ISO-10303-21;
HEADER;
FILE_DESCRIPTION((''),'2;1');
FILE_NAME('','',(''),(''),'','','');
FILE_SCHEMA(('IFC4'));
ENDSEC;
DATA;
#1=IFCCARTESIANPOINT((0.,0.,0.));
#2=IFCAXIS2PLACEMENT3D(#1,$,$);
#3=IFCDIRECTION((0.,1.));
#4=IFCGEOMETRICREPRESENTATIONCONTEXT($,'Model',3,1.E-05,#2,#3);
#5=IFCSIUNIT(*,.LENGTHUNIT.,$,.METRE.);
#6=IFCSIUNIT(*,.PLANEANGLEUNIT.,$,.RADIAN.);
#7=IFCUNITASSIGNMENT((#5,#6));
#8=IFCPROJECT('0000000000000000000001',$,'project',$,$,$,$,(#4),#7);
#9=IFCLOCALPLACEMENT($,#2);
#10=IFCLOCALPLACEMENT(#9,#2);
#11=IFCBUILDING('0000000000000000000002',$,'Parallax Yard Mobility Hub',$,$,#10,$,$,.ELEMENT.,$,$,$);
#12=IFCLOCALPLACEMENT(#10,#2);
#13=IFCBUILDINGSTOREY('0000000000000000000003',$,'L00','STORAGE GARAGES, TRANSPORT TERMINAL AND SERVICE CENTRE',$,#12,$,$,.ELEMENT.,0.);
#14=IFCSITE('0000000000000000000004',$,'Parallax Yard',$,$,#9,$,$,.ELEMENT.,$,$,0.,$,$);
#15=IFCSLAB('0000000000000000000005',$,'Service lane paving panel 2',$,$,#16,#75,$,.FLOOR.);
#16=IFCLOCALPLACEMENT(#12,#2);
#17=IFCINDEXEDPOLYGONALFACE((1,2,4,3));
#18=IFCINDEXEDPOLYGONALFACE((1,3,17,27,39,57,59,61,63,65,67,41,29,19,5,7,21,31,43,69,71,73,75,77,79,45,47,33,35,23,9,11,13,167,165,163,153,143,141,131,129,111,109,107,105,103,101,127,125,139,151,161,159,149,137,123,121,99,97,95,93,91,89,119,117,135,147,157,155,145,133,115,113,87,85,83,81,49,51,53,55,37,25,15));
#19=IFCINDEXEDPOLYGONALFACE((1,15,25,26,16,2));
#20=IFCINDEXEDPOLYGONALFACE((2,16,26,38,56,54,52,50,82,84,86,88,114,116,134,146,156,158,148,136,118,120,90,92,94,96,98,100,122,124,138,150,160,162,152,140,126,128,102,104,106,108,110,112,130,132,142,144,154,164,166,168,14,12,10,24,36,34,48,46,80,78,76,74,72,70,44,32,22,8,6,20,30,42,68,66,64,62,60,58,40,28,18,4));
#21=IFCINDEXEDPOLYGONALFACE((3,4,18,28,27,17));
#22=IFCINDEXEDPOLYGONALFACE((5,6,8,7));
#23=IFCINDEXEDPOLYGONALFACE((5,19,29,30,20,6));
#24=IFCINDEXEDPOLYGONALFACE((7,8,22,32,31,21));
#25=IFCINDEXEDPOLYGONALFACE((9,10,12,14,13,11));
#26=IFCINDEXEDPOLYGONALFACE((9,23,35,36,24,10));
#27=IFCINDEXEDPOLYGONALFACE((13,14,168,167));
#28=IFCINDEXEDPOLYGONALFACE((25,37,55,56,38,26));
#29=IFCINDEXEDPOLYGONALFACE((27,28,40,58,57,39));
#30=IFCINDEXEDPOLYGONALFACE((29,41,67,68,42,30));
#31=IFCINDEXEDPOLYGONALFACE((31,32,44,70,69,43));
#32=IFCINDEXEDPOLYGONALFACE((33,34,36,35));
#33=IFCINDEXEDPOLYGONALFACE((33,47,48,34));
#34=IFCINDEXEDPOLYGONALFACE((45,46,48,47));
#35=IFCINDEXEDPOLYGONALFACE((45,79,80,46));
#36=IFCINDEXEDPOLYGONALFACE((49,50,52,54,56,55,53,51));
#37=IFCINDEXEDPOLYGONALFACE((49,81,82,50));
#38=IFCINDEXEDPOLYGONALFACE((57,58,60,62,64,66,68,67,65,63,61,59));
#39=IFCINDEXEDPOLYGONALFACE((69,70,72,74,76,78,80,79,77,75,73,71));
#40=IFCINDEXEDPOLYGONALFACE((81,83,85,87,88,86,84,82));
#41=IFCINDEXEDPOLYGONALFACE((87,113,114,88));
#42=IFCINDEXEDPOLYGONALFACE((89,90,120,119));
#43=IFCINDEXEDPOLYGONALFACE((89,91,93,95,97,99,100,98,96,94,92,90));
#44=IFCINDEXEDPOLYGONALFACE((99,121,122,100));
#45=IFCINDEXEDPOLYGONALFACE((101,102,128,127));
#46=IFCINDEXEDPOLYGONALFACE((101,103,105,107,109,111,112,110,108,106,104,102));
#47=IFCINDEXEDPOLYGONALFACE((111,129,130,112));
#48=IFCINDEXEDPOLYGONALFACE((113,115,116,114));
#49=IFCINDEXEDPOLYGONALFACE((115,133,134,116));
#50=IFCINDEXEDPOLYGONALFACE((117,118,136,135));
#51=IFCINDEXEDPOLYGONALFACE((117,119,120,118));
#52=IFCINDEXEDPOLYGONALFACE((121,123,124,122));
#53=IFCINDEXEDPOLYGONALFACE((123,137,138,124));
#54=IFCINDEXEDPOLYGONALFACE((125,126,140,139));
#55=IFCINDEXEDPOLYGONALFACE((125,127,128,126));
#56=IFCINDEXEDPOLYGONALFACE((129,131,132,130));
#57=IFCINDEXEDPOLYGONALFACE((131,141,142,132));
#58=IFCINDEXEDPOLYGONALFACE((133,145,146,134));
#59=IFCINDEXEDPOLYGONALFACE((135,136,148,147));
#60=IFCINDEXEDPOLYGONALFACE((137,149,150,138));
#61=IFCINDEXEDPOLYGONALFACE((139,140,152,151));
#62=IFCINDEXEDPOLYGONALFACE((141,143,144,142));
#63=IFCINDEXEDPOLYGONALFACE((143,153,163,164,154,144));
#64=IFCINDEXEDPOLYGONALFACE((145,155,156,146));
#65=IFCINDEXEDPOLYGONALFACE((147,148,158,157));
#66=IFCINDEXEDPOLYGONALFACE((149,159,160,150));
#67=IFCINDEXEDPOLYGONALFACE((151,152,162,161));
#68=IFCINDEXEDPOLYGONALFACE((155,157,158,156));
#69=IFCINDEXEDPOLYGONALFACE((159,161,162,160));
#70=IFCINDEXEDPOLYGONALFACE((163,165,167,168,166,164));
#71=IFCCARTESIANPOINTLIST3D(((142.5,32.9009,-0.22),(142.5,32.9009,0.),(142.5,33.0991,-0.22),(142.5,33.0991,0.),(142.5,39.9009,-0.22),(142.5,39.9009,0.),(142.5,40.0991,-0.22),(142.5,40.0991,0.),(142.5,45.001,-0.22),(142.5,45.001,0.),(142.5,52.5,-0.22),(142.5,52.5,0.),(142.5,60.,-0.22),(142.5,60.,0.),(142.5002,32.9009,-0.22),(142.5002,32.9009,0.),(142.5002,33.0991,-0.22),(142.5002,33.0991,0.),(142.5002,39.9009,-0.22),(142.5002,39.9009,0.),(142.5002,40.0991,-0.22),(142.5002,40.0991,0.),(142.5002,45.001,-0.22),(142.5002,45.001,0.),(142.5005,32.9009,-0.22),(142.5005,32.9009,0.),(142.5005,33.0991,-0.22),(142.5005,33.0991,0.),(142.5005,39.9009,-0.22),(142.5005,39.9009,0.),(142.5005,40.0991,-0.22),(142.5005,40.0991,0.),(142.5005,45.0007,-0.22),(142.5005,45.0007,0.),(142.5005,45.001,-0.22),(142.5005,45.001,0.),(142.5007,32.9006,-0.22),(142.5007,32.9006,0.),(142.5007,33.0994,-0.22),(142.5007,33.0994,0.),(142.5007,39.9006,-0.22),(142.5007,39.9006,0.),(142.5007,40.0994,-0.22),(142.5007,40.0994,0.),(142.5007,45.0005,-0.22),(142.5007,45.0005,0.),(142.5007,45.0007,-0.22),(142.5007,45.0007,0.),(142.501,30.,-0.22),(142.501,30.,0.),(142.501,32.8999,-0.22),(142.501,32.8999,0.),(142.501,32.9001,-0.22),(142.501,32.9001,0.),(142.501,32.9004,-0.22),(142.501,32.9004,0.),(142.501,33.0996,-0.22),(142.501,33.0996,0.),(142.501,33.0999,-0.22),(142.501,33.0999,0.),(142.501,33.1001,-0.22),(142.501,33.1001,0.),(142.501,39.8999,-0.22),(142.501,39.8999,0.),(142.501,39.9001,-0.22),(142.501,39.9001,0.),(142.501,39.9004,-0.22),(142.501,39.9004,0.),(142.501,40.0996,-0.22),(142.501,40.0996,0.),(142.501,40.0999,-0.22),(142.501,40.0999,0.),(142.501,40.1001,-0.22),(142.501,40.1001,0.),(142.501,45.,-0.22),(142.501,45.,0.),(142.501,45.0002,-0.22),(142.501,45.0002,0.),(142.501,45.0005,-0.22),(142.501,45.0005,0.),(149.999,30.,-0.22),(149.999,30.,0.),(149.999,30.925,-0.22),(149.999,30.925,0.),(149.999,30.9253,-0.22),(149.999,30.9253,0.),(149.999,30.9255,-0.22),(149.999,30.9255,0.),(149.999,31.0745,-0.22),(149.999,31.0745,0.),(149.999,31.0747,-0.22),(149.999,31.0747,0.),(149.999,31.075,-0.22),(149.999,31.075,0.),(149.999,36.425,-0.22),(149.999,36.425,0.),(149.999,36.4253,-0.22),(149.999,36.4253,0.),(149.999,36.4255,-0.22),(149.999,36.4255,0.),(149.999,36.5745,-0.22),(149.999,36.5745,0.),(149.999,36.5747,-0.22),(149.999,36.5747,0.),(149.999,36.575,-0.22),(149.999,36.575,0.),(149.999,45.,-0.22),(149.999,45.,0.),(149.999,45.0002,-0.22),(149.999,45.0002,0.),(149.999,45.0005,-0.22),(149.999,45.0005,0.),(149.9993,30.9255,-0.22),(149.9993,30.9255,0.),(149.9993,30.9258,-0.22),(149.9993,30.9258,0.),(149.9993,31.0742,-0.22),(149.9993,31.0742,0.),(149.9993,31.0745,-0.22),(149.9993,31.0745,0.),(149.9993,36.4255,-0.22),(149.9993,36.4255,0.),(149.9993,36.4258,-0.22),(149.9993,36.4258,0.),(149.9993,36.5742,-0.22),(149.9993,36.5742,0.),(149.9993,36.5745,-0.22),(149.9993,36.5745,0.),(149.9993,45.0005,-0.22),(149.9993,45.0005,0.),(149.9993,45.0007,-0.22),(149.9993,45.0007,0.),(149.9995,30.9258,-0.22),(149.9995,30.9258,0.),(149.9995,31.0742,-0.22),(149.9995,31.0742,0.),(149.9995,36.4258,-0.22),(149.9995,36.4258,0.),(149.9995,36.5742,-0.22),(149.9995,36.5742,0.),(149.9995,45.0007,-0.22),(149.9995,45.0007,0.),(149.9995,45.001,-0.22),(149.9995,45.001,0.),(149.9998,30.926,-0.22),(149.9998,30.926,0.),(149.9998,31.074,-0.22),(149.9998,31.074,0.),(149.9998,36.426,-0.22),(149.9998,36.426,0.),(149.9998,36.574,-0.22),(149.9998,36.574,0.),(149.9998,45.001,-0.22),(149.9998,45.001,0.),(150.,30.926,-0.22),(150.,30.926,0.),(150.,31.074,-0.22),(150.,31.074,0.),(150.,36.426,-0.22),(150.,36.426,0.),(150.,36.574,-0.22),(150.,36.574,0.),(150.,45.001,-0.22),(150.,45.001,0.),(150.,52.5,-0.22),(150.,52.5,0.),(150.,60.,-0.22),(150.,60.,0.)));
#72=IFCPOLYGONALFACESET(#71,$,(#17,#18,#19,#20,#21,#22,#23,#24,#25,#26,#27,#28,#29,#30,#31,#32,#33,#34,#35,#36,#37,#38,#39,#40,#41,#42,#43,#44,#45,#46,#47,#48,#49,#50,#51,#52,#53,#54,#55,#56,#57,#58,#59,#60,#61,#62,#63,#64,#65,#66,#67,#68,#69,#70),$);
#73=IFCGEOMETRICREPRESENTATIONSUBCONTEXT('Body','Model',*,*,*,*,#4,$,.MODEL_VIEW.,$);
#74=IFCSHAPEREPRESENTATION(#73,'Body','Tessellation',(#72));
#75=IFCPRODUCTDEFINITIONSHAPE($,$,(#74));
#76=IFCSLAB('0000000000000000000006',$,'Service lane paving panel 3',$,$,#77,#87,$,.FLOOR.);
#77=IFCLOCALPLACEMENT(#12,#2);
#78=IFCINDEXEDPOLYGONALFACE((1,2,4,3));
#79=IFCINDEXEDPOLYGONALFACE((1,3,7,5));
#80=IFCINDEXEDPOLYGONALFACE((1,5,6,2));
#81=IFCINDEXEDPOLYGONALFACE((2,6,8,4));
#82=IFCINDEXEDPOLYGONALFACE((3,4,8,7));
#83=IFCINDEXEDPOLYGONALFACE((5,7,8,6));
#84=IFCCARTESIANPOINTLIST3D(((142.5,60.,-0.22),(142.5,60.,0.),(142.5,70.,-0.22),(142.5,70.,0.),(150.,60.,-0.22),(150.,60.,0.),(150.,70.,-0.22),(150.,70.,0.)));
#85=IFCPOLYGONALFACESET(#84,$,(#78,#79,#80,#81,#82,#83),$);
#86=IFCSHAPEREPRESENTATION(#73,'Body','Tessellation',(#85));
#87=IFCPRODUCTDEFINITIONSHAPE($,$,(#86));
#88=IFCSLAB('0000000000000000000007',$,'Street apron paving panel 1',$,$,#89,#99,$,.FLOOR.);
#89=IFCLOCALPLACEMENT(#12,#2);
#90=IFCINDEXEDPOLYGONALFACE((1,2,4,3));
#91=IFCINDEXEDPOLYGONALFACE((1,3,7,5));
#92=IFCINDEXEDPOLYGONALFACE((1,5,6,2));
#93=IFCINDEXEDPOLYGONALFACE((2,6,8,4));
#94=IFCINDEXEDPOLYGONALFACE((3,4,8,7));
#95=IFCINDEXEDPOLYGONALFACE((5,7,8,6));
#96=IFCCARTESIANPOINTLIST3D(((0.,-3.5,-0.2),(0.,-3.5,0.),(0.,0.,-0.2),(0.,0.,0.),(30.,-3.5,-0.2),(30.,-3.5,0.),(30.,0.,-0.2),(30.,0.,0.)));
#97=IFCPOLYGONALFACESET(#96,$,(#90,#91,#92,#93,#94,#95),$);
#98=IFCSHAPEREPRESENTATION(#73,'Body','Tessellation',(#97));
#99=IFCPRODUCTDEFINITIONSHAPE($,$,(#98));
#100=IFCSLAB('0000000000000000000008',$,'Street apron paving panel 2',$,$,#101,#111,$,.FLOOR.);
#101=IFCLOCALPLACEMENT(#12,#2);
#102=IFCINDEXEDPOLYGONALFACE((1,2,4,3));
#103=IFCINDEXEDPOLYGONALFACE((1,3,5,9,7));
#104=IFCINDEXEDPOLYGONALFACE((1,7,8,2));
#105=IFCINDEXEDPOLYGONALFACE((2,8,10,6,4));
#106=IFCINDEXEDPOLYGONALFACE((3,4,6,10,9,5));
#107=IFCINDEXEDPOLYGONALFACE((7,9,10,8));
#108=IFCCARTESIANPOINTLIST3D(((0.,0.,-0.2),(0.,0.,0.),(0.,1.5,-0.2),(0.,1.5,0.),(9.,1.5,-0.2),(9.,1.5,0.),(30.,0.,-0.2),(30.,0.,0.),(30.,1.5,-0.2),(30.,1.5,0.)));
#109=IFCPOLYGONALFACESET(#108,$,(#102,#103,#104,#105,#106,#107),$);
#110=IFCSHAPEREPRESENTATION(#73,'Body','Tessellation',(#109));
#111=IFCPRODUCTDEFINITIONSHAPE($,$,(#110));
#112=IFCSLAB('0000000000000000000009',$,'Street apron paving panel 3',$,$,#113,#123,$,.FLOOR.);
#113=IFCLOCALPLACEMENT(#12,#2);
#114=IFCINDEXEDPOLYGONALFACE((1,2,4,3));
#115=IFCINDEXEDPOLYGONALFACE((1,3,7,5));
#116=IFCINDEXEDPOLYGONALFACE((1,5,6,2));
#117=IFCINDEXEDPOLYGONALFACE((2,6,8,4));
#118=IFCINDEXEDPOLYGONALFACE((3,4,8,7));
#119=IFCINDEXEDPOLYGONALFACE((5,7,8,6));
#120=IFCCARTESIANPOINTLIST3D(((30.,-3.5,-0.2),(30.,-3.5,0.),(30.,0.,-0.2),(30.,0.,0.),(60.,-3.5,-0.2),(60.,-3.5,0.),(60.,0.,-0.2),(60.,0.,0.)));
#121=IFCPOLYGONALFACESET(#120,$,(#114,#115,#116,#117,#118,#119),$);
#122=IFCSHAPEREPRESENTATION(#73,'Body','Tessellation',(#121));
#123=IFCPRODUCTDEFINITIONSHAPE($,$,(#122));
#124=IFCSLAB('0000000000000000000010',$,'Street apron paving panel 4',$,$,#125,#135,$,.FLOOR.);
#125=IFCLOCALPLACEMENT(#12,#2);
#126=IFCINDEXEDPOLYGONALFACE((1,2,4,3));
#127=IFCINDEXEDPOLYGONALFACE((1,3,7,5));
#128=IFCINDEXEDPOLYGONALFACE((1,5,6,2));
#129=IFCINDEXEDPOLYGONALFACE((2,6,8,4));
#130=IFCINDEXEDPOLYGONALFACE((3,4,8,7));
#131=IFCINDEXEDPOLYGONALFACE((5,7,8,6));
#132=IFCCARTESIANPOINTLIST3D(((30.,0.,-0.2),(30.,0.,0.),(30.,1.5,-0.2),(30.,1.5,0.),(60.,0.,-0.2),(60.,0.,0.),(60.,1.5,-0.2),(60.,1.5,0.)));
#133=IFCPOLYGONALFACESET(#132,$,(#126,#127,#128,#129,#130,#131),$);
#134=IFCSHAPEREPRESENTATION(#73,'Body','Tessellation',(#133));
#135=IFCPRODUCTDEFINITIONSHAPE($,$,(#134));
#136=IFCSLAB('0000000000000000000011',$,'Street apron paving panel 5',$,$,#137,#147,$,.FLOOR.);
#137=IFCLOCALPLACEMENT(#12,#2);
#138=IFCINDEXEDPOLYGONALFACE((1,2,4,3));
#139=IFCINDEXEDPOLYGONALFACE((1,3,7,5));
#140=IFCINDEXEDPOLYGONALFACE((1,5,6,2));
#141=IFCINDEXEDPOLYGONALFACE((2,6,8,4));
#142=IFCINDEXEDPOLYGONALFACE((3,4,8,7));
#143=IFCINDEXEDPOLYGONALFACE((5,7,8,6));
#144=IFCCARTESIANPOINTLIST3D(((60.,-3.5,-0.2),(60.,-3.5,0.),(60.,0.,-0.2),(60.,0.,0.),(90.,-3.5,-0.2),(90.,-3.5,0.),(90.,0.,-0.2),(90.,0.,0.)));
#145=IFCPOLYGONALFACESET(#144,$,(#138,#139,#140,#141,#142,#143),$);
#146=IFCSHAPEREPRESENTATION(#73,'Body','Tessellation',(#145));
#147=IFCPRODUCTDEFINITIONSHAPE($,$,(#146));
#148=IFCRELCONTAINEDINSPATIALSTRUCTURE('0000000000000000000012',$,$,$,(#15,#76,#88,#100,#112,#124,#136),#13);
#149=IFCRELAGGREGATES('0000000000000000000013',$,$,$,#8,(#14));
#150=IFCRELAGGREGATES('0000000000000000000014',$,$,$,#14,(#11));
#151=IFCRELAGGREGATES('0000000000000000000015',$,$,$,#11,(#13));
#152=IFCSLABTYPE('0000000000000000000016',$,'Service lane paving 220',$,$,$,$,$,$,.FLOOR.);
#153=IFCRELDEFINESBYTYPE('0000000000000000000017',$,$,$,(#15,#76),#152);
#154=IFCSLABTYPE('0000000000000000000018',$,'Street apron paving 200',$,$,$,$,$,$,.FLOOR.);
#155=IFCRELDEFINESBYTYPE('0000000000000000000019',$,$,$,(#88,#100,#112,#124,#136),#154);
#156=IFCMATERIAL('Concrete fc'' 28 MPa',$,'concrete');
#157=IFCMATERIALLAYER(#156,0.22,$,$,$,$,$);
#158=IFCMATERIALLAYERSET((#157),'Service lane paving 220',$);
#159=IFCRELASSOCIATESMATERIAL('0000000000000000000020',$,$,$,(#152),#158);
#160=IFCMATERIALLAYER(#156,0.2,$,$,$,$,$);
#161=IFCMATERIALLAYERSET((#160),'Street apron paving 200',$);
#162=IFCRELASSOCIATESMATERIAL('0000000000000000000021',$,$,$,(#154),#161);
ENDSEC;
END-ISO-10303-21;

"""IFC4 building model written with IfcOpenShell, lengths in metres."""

from ifc_helpers import new_model, si_unit, direction, frame, origin, place, context, subcontext, project, spatial, polyline, outline, extrude, material, layer, layer_set, type_object, element, save


model = new_model("IFC4")

# Units and contexts
model_context = context("Model", 3, precision=1e-05, world=origin(), true_north=direction((0.0, 1.0)))
body_context = subcontext(model_context, "Body", "Model", "MODEL_VIEW")
ifc_project = project(units=[si_unit("LENGTHUNIT", "METRE"), si_unit("PLANEANGLEUNIT", "RADIAN")], contexts=[model_context])

# Site, building, storey
site_placement = place(None, origin())
site = spatial("IfcSite", under=ifc_project, at=site_placement, Name="Parallax Yard", CompositionType="ELEMENT", RefElevation=0.0)
building_placement = place(site_placement, origin())
building = spatial("IfcBuilding", under=site, at=building_placement, Name="Parallax Yard Mobility Hub", CompositionType="ELEMENT")
storey_placement = place(building_placement, origin())
storey = spatial("IfcBuildingStorey", under=building, at=storey_placement, Name="L00", Description="STORAGE GARAGES, TRANSPORT TERMINAL AND SERVICE CENTRE", CompositionType="ELEMENT", Elevation=0.0)

# Slabs
ifc_material_1 = material(Name="Concrete fc' 28 MPa", Category="concrete")
ifc_layer_1 = layer(ifc_material_1, 0.22)
ifc_layer_set_1 = layer_set([ifc_layer_1], Name="Service lane paving 220")
slab_type_1 = type_object("IfcSlabType", Name="Service lane paving 220", PredefinedType="FLOOR", material=ifc_layer_set_1)
slab_1_placement = place(storey_placement, frame((0.0, 0.0, -0.22)))
element("IfcSlab", 1, at=slab_1_placement, inside=storey, type_object=slab_type_1, Name="Service lane paving panel 2", PredefinedType="FLOOR", context=body_context, shape_type="SweptSolid", body=[
    extrude(outline(polyline([(149.9998, 45.001), (149.9998, 45.001), (149.9995, 45.001), (149.9995, 45.001), (149.9995, 45.0007), (149.9995, 45.0007), (149.9993, 45.0007), (149.9993, 45.0005), (149.9993, 45.0005), (149.999, 45.0005), (149.999, 45.0005), (149.999, 45.0002), (149.999, 45.0002), (149.999, 45.0), (149.999, 45.0), (149.999, 36.575), (149.999, 36.575), (149.999, 36.5747), (149.999, 36.5747), (149.999, 36.5747), (149.999, 36.5745), (149.9993, 36.5745), (149.9993, 36.5745), (149.9993, 36.5742), (149.9995, 36.5742), (149.9995, 36.5742), (149.9995, 36.5742), (149.9995, 36.5742), (149.9998, 36.574), (149.9998, 36.574), (150.0, 36.574), (150.0, 36.574), (150.0, 36.426), (150.0, 36.426), (149.9998, 36.426), (149.9998, 36.426), (149.9995, 36.4258), (149.9995, 36.4258), (149.9995, 36.4258), (149.9995, 36.4258), (149.9993, 36.4258), (149.9993, 36.4255), (149.9993, 36.4255), (149.999, 36.4255), (149.999, 36.4253), (149.999, 36.4253), (149.999, 36.4253), (149.999, 36.425), (149.999, 36.425), (149.999, 31.075), (149.999, 31.075), (149.999, 31.0747), (149.999, 31.0747), (149.999, 31.0747), (149.999, 31.0745), (149.9993, 31.0745), (149.9993, 31.0745), (149.9993, 31.0742), (149.9995, 31.0742), (149.9995, 31.0742), (149.9995, 31.0742), (149.9995, 31.0742), (149.9998, 31.074), (149.9998, 31.074), (150.0, 31.074), (150.0, 31.074), (150.0, 30.926), (150.0, 30.926), (149.9998, 30.926), (149.9998, 30.926), (149.9995, 30.9258), (149.9995, 30.9258), (149.9995, 30.9258), (149.9995, 30.9258), (149.9993, 30.9258), (149.9993, 30.9255), (149.9993, 30.9255), (149.999, 30.9255), (149.999, 30.9253), (149.999, 30.9253), (149.999, 30.9253), (149.999, 30.925), (149.999, 30.925), (149.999, 30.0), (142.501, 30.0), (142.501, 32.8999), (142.501, 32.9001), (142.501, 32.9001), (142.501, 32.9004), (142.501, 32.9004), (142.501, 32.9004), (142.5007, 32.9006), (142.5007, 32.9006), (142.5007, 32.9006), (142.5005, 32.9009), (142.5005, 32.9009), (142.5005, 32.9009), (142.5005, 32.9009), (142.5002, 32.9009), (142.5002, 32.9009), (142.5, 32.9009), (142.5, 32.9009), (142.5, 33.0991), (142.5, 33.0991), (142.5002, 33.0991), (142.5002, 33.0991), (142.5005, 33.0991), (142.5005, 33.0991), (142.5005, 33.0991), (142.5005, 33.0991), (142.5007, 33.0994), (142.5007, 33.0994), (142.5007, 33.0994), (142.501, 33.0996), (142.501, 33.0996), (142.501, 33.0996), (142.501, 33.0999), (142.501, 33.0999), (142.501, 33.1001), (142.501, 39.8999), (142.501, 39.9001), (142.501, 39.9001), (142.501, 39.9004), (142.501, 39.9004), (142.501, 39.9004), (142.5007, 39.9006), (142.5007, 39.9006), (142.5007, 39.9006), (142.5005, 39.9009), (142.5005, 39.9009), (142.5005, 39.9009), (142.5005, 39.9009), (142.5002, 39.9009), (142.5002, 39.9009), (142.5, 39.9009), (142.5, 39.9009), (142.5, 40.0991), (142.5, 40.0991), (142.5002, 40.0991), (142.5002, 40.0991), (142.5005, 40.0991), (142.5005, 40.0991), (142.5005, 40.0991), (142.5005, 40.0991), (142.5007, 40.0994), (142.5007, 40.0994), (142.5007, 40.0994), (142.501, 40.0996), (142.501, 40.0996), (142.501, 40.0996), (142.501, 40.0999), (142.501, 40.0999), (142.501, 40.1001), (142.501, 45.0), (142.501, 45.0), (142.501, 45.0002), (142.501, 45.0002), (142.501, 45.0005), (142.501, 45.0005), (142.5007, 45.0005), (142.5007, 45.0005), (142.5007, 45.0007), (142.5005, 45.0007), (142.5005, 45.0007), (142.5005, 45.001), (142.5005, 45.001), (142.5002, 45.001), (142.5002, 45.001), (142.5, 45.001), (142.5, 45.001), (142.5, 52.5), (142.5, 60.0), (150.0, 60.0), (150.0, 52.5), (150.0, 45.001), (150.0, 45.001), (149.9998, 45.001)])), origin(), (0.0, 0.0, 1.0), 0.22),
])
slab_2_placement = place(storey_placement, frame((0.0, 0.0, -0.22)))
element("IfcSlab", 2, at=slab_2_placement, inside=storey, type_object=slab_type_1, Name="Service lane paving panel 3", PredefinedType="FLOOR", context=body_context, shape_type="SweptSolid", body=[
    extrude(outline(polyline([(142.5, 70.0), (150.0, 70.0), (150.0, 60.0), (142.5, 60.0), (142.5, 70.0)])), origin(), (0.0, 0.0, 1.0), 0.22),
])
ifc_layer_2 = layer(ifc_material_1, 0.2)
ifc_layer_set_2 = layer_set([ifc_layer_2], Name="Street apron paving 200")
slab_type_2 = type_object("IfcSlabType", Name="Street apron paving 200", PredefinedType="FLOOR", material=ifc_layer_set_2)
slab_3_placement = place(storey_placement, frame((0.0, 0.0, -0.2)))
element("IfcSlab", 3, at=slab_3_placement, inside=storey, type_object=slab_type_2, Name="Street apron paving panel 1", PredefinedType="FLOOR", context=body_context, shape_type="SweptSolid", body=[
    extrude(outline(polyline([(0.0, -3.5), (0.0, 0.0), (30.0, 0.0), (30.0, -3.5), (0.0, -3.5)])), origin(), (0.0, 0.0, 1.0), 0.2),
])
slab_4_placement = place(storey_placement, frame((0.0, 0.0, -0.2)))
element("IfcSlab", 4, at=slab_4_placement, inside=storey, type_object=slab_type_2, Name="Street apron paving panel 2", PredefinedType="FLOOR", context=body_context, shape_type="SweptSolid", body=[
    extrude(outline(polyline([(9.0, 1.5), (30.0, 1.5), (30.0, 0.0), (0.0, 0.0), (0.0, 1.5), (9.0, 1.5)])), origin(), (0.0, 0.0, 1.0), 0.2),
])
slab_5_placement = place(storey_placement, frame((0.0, 0.0, -0.2)))
element("IfcSlab", 5, at=slab_5_placement, inside=storey, type_object=slab_type_2, Name="Street apron paving panel 3", PredefinedType="FLOOR", context=body_context, shape_type="SweptSolid", body=[
    extrude(outline(polyline([(30.0, -3.5), (30.0, 0.0), (60.0, 0.0), (60.0, -3.5), (30.0, -3.5)])), origin(), (0.0, 0.0, 1.0), 0.2),
])
slab_6_placement = place(storey_placement, frame((0.0, 0.0, -0.2)))
element("IfcSlab", 6, at=slab_6_placement, inside=storey, type_object=slab_type_2, Name="Street apron paving panel 4", PredefinedType="FLOOR", context=body_context, shape_type="SweptSolid", body=[
    extrude(outline(polyline([(60.0, 1.5), (60.0, 0.0), (30.0, 0.0), (30.0, 1.5), (60.0, 1.5)])), origin(), (0.0, 0.0, 1.0), 0.2),
])
slab_7_placement = place(storey_placement, frame((0.0, 0.0, -0.2)))
element("IfcSlab", 7, at=slab_7_placement, inside=storey, type_object=slab_type_2, Name="Street apron paving panel 5", PredefinedType="FLOOR", context=body_context, shape_type="SweptSolid", body=[
    extrude(outline(polyline([(60.0, -3.5), (60.0, 0.0), (90.0, 0.0), (90.0, -3.5), (60.0, -3.5)])), origin(), (0.0, 0.0, 1.0), 0.2),
])

save(model, "model.ifc")
